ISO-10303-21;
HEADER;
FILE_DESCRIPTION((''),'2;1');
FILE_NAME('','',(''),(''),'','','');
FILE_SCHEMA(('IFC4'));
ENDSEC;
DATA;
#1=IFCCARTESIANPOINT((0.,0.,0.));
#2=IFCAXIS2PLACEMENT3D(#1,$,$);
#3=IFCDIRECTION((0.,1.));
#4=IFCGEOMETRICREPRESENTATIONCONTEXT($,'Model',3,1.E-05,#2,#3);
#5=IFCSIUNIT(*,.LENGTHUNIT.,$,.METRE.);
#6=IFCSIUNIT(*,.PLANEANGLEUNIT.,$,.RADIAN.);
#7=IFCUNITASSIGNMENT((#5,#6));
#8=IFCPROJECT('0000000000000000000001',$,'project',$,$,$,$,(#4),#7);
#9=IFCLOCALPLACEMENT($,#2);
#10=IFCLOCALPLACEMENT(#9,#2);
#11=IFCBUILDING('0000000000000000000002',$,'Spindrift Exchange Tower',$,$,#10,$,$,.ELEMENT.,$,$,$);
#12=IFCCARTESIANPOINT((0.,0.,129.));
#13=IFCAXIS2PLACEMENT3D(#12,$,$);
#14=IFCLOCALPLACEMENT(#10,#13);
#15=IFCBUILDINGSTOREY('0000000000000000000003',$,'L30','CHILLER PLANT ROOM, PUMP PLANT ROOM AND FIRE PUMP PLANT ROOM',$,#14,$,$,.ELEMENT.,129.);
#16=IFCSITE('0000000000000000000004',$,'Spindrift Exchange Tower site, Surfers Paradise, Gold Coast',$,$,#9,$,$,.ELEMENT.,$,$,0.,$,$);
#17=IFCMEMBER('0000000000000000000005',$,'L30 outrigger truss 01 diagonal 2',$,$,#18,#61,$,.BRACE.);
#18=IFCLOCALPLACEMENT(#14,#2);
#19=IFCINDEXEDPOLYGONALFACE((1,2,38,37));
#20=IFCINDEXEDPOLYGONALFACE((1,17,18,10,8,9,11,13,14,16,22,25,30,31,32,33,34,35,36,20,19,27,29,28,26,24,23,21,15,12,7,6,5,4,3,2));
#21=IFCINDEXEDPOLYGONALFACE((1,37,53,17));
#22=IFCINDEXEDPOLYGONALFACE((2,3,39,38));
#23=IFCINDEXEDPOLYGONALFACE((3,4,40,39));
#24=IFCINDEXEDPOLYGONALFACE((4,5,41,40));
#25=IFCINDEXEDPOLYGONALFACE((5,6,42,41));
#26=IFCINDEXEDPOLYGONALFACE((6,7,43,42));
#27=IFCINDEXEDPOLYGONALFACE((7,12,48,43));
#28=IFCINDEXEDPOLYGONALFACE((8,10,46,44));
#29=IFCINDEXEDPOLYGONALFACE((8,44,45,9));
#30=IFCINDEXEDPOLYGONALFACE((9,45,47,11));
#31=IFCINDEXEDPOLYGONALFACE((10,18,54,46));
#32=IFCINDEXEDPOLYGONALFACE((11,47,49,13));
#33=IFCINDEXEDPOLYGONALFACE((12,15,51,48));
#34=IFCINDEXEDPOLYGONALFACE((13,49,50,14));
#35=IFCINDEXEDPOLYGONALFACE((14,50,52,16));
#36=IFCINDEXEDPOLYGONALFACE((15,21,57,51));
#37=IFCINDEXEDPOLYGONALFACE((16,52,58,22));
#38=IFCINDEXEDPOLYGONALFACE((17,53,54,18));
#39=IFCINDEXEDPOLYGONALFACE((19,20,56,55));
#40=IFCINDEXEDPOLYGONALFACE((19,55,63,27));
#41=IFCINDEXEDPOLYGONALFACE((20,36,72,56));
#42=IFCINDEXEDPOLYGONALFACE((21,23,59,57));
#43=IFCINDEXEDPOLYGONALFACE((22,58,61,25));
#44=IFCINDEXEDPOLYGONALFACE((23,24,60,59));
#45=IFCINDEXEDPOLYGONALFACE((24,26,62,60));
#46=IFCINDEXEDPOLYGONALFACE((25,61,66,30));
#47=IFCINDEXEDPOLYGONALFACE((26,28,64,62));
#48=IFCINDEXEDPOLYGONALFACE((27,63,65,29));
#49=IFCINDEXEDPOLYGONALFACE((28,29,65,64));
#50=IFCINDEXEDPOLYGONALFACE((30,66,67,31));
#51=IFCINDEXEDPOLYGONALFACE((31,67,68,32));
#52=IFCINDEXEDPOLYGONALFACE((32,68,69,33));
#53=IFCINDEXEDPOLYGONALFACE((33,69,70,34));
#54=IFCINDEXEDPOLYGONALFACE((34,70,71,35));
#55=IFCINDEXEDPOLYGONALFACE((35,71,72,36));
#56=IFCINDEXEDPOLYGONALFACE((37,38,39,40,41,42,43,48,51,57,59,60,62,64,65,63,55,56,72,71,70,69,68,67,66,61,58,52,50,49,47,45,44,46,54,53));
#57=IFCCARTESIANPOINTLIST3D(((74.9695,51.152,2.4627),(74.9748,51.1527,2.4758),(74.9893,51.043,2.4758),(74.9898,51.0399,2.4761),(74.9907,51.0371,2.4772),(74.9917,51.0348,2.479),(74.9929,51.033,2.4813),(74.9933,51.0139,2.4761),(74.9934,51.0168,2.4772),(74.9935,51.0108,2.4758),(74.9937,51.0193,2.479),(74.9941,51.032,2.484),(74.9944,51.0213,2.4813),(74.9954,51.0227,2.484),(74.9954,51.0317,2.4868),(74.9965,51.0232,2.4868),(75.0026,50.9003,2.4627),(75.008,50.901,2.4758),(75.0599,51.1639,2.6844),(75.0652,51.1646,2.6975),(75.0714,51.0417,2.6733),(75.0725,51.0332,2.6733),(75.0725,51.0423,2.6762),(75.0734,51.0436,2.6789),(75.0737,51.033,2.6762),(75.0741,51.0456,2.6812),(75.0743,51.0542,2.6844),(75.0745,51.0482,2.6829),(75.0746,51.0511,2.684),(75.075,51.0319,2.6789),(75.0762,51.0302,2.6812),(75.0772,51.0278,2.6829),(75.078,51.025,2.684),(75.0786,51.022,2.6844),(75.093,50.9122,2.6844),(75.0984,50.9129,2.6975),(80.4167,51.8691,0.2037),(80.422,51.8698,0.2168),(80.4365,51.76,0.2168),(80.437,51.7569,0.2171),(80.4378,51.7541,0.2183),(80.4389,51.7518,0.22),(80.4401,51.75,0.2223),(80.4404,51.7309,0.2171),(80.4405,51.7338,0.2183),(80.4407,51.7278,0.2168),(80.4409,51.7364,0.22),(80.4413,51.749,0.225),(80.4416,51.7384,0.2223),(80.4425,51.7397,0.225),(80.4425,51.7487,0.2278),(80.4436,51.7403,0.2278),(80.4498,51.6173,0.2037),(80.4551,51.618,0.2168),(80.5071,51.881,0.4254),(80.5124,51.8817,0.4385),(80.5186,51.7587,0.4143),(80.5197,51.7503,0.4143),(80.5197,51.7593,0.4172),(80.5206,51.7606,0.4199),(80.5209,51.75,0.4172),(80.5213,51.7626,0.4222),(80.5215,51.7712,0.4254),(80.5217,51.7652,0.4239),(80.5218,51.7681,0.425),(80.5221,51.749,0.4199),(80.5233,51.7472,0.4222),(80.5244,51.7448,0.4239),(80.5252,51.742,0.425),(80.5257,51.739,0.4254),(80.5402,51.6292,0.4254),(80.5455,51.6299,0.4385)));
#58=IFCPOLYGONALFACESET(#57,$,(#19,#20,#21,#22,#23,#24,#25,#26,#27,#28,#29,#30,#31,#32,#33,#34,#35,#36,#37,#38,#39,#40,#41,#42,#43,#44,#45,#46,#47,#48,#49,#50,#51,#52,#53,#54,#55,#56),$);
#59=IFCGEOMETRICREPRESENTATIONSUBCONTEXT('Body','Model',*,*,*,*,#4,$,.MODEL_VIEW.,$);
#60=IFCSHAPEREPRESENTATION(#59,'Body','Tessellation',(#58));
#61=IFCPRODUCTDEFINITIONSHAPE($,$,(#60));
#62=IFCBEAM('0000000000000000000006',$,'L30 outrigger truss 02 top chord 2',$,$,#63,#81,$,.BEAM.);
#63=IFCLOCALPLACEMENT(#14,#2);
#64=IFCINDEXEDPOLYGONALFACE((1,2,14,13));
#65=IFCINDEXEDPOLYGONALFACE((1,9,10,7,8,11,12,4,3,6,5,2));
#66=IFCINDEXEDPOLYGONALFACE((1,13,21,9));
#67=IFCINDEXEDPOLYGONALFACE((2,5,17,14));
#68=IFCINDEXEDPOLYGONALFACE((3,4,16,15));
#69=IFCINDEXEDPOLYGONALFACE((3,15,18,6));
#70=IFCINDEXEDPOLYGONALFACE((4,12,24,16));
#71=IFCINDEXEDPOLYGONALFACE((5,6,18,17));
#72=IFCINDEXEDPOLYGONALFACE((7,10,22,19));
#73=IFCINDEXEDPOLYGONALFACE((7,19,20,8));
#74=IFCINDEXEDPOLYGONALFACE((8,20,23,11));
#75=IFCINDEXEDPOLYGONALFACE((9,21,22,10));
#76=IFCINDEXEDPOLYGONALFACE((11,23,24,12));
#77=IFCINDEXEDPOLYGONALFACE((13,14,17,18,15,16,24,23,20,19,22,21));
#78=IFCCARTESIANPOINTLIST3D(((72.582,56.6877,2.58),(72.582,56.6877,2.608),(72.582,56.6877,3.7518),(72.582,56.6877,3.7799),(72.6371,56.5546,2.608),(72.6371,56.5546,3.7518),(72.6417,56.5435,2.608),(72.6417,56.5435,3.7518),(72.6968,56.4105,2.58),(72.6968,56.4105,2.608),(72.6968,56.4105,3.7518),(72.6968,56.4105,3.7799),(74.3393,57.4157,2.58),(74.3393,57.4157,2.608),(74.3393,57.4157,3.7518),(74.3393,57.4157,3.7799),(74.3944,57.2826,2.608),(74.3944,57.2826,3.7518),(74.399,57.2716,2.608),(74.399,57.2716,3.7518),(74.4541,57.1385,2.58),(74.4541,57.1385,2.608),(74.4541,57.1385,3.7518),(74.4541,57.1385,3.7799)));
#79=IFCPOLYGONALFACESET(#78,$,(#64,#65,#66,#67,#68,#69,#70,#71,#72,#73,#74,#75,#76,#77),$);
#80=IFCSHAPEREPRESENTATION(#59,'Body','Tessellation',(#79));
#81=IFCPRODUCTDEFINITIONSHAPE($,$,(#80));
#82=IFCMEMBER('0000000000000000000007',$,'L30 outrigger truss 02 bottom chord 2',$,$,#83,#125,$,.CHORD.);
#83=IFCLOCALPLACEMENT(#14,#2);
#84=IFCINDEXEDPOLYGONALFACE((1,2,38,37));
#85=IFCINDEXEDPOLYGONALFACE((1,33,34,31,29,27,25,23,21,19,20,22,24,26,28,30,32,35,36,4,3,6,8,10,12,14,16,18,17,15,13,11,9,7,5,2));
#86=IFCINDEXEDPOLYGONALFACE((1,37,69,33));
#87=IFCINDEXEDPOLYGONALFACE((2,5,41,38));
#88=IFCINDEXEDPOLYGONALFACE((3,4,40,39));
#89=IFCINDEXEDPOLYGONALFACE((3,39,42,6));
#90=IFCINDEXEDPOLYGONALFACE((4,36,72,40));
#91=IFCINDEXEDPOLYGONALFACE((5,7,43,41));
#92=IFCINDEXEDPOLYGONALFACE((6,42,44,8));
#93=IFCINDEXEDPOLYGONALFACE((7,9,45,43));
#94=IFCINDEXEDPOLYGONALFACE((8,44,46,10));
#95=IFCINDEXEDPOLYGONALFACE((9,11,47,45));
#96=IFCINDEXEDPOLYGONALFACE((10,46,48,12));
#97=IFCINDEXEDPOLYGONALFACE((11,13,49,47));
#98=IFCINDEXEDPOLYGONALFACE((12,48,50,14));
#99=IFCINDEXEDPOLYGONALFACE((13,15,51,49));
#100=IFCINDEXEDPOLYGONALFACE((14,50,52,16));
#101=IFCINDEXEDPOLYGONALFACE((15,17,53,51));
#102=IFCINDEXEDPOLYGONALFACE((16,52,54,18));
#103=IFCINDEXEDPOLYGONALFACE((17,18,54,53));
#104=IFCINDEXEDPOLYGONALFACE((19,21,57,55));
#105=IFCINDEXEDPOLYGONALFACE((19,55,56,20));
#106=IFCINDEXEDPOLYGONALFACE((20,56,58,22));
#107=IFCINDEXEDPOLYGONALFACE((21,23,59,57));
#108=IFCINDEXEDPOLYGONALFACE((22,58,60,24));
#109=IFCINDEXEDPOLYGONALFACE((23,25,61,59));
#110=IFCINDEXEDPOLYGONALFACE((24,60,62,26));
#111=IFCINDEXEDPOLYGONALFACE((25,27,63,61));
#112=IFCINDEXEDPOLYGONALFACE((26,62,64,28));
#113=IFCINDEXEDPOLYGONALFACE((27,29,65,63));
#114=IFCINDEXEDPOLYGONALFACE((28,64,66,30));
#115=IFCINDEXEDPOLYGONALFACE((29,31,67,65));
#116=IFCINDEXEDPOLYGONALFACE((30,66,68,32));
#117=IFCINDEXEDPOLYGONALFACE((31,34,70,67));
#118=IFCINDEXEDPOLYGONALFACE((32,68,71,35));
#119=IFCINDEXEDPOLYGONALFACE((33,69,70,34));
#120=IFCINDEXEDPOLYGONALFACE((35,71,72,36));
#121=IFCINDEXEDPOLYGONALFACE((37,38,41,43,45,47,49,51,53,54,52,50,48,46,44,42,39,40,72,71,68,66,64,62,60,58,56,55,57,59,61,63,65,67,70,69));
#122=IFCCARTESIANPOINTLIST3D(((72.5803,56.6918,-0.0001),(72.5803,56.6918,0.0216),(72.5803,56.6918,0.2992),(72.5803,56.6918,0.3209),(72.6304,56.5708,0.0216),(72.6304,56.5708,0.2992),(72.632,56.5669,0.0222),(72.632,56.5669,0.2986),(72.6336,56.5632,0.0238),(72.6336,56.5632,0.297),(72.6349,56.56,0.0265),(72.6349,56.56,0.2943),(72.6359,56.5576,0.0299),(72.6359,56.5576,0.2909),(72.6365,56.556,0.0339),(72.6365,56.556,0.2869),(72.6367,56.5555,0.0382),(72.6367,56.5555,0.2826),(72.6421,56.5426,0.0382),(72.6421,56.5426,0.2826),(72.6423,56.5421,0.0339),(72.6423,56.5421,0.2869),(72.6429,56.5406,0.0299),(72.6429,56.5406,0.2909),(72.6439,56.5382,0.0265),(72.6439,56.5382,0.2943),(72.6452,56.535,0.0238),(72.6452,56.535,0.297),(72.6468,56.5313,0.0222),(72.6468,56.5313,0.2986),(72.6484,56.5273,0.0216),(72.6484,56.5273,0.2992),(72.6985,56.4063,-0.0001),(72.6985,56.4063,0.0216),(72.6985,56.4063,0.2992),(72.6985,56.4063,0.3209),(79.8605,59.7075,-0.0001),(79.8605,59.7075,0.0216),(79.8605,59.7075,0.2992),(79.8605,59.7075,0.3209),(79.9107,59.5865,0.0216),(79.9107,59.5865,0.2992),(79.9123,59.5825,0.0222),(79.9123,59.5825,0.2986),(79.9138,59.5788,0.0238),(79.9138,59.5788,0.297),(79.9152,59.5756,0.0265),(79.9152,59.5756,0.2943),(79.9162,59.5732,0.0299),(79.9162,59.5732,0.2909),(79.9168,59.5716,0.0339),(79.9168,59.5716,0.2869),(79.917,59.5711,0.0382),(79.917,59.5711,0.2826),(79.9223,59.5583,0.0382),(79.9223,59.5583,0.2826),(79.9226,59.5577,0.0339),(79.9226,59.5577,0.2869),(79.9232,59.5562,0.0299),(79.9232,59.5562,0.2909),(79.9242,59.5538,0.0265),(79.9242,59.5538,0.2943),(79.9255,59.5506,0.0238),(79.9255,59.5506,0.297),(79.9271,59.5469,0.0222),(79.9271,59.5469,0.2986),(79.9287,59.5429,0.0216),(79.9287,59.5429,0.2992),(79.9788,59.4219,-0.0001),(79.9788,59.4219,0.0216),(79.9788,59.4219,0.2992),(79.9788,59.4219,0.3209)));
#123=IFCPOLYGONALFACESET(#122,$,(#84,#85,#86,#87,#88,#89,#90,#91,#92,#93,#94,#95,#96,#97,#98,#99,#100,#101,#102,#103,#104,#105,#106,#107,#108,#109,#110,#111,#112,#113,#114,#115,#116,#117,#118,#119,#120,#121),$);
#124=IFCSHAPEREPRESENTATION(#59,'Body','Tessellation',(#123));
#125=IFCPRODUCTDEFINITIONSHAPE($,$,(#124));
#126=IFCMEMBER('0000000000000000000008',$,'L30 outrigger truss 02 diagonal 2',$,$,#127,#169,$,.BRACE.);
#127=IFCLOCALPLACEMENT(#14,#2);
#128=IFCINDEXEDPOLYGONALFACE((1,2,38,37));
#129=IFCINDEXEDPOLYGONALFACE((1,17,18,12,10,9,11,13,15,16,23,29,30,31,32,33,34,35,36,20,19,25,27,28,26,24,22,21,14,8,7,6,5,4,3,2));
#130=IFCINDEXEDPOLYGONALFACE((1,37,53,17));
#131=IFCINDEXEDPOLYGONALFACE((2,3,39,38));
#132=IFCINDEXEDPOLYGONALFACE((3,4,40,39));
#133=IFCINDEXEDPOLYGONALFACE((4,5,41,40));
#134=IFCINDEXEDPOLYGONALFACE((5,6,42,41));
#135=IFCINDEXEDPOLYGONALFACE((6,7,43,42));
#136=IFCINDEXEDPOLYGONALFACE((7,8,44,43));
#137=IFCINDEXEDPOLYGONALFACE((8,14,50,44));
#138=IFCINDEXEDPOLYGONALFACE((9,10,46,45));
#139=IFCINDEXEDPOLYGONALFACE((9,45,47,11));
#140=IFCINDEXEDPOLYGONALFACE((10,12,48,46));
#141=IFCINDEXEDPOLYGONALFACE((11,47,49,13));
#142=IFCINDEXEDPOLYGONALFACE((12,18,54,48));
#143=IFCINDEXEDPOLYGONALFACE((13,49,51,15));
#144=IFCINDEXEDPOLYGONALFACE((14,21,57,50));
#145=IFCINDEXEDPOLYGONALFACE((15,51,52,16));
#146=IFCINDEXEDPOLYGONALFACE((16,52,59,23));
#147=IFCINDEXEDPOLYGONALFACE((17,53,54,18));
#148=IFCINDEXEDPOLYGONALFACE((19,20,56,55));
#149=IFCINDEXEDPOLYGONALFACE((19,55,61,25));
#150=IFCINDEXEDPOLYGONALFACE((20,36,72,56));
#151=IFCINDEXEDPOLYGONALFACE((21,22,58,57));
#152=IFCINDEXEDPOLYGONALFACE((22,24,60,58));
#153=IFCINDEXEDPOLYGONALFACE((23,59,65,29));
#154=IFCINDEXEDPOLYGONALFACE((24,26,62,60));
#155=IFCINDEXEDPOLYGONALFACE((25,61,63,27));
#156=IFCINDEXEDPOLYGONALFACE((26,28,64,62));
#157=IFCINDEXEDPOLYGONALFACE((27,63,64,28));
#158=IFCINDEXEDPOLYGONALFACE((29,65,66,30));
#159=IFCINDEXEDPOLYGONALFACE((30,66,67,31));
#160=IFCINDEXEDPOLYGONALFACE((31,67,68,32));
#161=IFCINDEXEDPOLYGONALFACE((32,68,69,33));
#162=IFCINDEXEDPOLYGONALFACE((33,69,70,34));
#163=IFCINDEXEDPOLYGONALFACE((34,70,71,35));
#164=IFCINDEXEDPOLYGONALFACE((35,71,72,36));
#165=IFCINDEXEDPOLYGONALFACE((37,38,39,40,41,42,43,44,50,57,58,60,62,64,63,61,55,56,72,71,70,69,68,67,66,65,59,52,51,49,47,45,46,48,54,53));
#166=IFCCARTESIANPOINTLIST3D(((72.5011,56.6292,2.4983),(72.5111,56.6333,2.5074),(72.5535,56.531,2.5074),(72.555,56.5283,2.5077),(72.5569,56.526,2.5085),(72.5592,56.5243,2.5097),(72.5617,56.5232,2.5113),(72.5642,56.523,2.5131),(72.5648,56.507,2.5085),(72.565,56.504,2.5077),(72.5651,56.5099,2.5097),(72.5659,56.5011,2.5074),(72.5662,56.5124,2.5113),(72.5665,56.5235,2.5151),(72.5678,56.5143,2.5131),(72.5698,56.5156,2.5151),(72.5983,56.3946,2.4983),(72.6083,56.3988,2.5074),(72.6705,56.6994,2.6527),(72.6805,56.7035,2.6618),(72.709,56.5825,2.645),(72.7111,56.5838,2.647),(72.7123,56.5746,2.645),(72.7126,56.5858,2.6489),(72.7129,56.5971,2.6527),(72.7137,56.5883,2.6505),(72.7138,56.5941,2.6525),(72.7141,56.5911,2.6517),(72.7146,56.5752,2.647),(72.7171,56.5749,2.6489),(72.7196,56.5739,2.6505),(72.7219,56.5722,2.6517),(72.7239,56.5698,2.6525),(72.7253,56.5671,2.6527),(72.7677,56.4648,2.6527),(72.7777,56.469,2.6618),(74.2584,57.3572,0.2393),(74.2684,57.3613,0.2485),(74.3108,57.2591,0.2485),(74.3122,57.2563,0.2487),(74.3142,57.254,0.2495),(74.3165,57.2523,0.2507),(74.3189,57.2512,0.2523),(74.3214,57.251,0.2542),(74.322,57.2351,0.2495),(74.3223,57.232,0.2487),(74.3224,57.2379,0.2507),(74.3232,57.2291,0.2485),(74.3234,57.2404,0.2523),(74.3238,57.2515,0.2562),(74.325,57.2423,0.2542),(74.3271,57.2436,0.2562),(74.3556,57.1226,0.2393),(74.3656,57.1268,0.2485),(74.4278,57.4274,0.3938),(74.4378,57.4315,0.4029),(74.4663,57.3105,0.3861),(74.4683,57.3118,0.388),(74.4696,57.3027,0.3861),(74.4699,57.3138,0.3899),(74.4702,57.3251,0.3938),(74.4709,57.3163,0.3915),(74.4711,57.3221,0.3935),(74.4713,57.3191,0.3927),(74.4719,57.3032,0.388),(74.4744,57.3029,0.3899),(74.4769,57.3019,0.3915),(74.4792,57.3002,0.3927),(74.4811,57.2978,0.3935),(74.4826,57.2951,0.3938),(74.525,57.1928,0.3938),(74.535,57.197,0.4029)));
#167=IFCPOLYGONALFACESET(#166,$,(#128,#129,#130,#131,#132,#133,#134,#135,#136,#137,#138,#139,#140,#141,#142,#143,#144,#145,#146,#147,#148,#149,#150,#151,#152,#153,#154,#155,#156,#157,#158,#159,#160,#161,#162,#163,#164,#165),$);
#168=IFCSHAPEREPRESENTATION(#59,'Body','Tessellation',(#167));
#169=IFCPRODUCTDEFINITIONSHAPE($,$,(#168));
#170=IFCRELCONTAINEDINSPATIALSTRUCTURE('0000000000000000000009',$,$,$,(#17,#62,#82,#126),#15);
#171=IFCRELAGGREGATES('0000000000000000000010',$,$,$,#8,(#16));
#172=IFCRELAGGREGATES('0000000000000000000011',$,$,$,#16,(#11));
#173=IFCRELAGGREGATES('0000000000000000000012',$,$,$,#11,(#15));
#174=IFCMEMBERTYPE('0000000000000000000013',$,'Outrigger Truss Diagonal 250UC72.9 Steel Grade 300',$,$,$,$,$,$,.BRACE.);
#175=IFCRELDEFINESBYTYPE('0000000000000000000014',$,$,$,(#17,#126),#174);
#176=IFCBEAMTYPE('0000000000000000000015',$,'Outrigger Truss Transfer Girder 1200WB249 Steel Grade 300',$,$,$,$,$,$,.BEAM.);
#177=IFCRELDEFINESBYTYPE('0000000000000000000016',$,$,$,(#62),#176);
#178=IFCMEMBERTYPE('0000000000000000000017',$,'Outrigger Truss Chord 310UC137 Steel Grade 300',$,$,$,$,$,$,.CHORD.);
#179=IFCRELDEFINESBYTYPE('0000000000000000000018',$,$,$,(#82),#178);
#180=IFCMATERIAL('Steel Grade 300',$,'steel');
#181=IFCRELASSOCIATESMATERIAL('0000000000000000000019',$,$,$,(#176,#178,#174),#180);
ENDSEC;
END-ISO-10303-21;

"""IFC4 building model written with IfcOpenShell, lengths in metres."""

from ifc_helpers import new_model, si_unit, direction, frame, origin, origin_2d, place, context, subcontext, project, spatial, i_section, extrude, source, transform, mapped, material, material_profile, profile_set, type_object, element, save


model = new_model("IFC4")

# Units and contexts
model_context = context("Model", 3, precision=1e-05, world=origin(), true_north=direction((0.0, 1.0)))
body_context = subcontext(model_context, "Body", "Model", "MODEL_VIEW")
ifc_project = project(units=[si_unit("LENGTHUNIT", "METRE"), si_unit("PLANEANGLEUNIT", "RADIAN")], contexts=[model_context])

# Site, building, storey
site_placement = place(None, origin())
site = spatial("IfcSite", under=ifc_project, at=site_placement, Name="Spindrift Exchange Tower site, Surfers Paradise, Gold Coast", CompositionType="ELEMENT", RefElevation=0.0)
building_placement = place(site_placement, origin())
building = spatial("IfcBuilding", under=site, at=building_placement, Name="Spindrift Exchange Tower", CompositionType="ELEMENT")
storey_placement = place(building_placement, frame((0.0, 0.0, 129.0)))
storey = spatial("IfcBuildingStorey", under=building, at=storey_placement, Name="L30", Description="CHILLER PLANT ROOM, PUMP PLANT ROOM AND FIRE PUMP PLANT ROOM", CompositionType="ELEMENT", Elevation=129.0)

# Shared definitions
ifc_material_1 = material(Name="Steel Grade 300", Category="steel")
ifc_material_profile_1 = material_profile(ifc_material_1, i_section(OverallWidth=0.3, OverallDepth=1.2, WebThickness=0.012, FlangeThickness=0.0281, at=origin_2d()), Name="1200WB249")
ifc_profile_set_1 = profile_set([ifc_material_profile_1], Name="Steel Grade 300")
beam_type = type_object("IfcBeamType", Name="Outrigger Truss Transfer Girder 1200WB249 Steel Grade 300", PredefinedType="BEAM", material=ifc_profile_set_1)

# Member
ifc_material_profile_2 = material_profile(ifc_material_1, i_section(OverallWidth=0.3091, OverallDepth=0.321, WebThickness=0.0139, FlangeThickness=0.0217, FilletRadius=0.0166, at=origin_2d()), Name="310UC137")
ifc_profile_set_2 = profile_set([ifc_material_profile_2], Name="Steel Grade 300")
member_type_1 = type_object("IfcMemberType", Name="Outrigger Truss Chord 310UC137 Steel Grade 300", PredefinedType="CHORD", material=ifc_profile_set_2)
ifc_material_profile_3 = material_profile(ifc_material_1, i_section(OverallWidth=0.2539, OverallDepth=0.2539, WebThickness=0.0085, FlangeThickness=0.0142, FilletRadius=0.012, at=origin_2d()), Name="250UC72.9")
ifc_profile_set_3 = profile_set([ifc_material_profile_3], Name="Steel Grade 300")
member_type_2 = type_object("IfcMemberType", Name="Outrigger Truss Diagonal 250UC72.9 Steel Grade 300", PredefinedType="BRACE", material=ifc_profile_set_3)
shared_shape_1 = source(origin(), body_context, "Body", "SweptSolid", [
    extrude(i_section(OverallWidth=0.2539, OverallDepth=0.2539, WebThickness=0.0085, FlangeThickness=0.0142, FilletRadius=0.012, at=origin_2d()), origin(), (0.0, 0.0, 1.0), 5.9404),
])
member_1_placement = place(storey_placement, frame((75.0339, 51.0325, 2.5801), z_axis=(0.916964, 0.120703, -0.380274), x_axis=(-0.130507, 0.991447, 0.0)))
element("IfcMember", 1, at=member_1_placement, inside=storey, type_object=member_type_2, Name="L30 outrigger truss 01 diagonal 2", PredefinedType="BRACE", context=body_context, shape_type="MappedRepresentation", body=[
    mapped(shared_shape_1, transform((0.0, 0.0, 0.0), scale=1.0)),
])

# Beam
shared_shape_2 = source(origin(), body_context, "Body", "SweptSolid", [
    extrude(i_section(OverallWidth=0.3, OverallDepth=1.2, WebThickness=0.012, FlangeThickness=0.0281, at=origin_2d()), origin(), (0.0, 0.0, 1.0), 1.9021),
])
beam_1_placement = place(storey_placement, frame((72.6394, 56.5491, 3.1799), z_axis=(0.923857, 0.382737, 0.0), x_axis=(-0.382737, 0.923857, 0.0)))
element("IfcBeam", 2, at=beam_1_placement, inside=storey, type_object=beam_type, Name="L30 outrigger truss 02 top chord 2", PredefinedType="BEAM", context=body_context, shape_type="MappedRepresentation", body=[
    mapped(shared_shape_2, transform((0.0, 0.0, 0.0), scale=1.0)),
])

# Members
shared_shape_3 = source(origin(), body_context, "Body", "SweptSolid", [
    extrude(i_section(OverallWidth=0.3091, OverallDepth=0.321, WebThickness=0.0139, FlangeThickness=0.0217, FilletRadius=0.0166, at=origin_2d()), origin(), (0.0, 0.0, 1.0), 7.8801),
])
member_2_placement = place(storey_placement, frame((72.6394, 56.5491, 0.1604), z_axis=(0.923878, 0.382687, 0.0), x_axis=(-0.382687, 0.923878, 0.0)))
element("IfcMember", 3, at=member_2_placement, inside=storey, type_object=member_type_1, Name="L30 outrigger truss 02 bottom chord 2", PredefinedType="CHORD", context=body_context, shape_type="MappedRepresentation", body=[
    mapped(shared_shape_3, transform((0.0, 0.0, 0.0), scale=1.0)),
])
shared_shape_4 = source(origin(), body_context, "Body", "SweptSolid", [
    extrude(i_section(OverallWidth=0.2539, OverallDepth=0.2539, WebThickness=0.0085, FlangeThickness=0.0142, FilletRadius=0.012, at=origin_2d()), origin(), (0.0, 0.0, 1.0), 2.9531),
])
member_3_placement = place(storey_placement, frame((72.6394, 56.5491, 2.5801), z_axis=(0.595056, 0.246521, -0.764942), x_axis=(-0.382737, 0.923857, 0.0)))
element("IfcMember", 4, at=member_3_placement, inside=storey, type_object=member_type_2, Name="L30 outrigger truss 02 diagonal 2", PredefinedType="BRACE", context=body_context, shape_type="MappedRepresentation", body=[
    mapped(shared_shape_4, transform((0.0, 0.0, 0.0), scale=1.0)),
])

save(model, "model.ifc")
